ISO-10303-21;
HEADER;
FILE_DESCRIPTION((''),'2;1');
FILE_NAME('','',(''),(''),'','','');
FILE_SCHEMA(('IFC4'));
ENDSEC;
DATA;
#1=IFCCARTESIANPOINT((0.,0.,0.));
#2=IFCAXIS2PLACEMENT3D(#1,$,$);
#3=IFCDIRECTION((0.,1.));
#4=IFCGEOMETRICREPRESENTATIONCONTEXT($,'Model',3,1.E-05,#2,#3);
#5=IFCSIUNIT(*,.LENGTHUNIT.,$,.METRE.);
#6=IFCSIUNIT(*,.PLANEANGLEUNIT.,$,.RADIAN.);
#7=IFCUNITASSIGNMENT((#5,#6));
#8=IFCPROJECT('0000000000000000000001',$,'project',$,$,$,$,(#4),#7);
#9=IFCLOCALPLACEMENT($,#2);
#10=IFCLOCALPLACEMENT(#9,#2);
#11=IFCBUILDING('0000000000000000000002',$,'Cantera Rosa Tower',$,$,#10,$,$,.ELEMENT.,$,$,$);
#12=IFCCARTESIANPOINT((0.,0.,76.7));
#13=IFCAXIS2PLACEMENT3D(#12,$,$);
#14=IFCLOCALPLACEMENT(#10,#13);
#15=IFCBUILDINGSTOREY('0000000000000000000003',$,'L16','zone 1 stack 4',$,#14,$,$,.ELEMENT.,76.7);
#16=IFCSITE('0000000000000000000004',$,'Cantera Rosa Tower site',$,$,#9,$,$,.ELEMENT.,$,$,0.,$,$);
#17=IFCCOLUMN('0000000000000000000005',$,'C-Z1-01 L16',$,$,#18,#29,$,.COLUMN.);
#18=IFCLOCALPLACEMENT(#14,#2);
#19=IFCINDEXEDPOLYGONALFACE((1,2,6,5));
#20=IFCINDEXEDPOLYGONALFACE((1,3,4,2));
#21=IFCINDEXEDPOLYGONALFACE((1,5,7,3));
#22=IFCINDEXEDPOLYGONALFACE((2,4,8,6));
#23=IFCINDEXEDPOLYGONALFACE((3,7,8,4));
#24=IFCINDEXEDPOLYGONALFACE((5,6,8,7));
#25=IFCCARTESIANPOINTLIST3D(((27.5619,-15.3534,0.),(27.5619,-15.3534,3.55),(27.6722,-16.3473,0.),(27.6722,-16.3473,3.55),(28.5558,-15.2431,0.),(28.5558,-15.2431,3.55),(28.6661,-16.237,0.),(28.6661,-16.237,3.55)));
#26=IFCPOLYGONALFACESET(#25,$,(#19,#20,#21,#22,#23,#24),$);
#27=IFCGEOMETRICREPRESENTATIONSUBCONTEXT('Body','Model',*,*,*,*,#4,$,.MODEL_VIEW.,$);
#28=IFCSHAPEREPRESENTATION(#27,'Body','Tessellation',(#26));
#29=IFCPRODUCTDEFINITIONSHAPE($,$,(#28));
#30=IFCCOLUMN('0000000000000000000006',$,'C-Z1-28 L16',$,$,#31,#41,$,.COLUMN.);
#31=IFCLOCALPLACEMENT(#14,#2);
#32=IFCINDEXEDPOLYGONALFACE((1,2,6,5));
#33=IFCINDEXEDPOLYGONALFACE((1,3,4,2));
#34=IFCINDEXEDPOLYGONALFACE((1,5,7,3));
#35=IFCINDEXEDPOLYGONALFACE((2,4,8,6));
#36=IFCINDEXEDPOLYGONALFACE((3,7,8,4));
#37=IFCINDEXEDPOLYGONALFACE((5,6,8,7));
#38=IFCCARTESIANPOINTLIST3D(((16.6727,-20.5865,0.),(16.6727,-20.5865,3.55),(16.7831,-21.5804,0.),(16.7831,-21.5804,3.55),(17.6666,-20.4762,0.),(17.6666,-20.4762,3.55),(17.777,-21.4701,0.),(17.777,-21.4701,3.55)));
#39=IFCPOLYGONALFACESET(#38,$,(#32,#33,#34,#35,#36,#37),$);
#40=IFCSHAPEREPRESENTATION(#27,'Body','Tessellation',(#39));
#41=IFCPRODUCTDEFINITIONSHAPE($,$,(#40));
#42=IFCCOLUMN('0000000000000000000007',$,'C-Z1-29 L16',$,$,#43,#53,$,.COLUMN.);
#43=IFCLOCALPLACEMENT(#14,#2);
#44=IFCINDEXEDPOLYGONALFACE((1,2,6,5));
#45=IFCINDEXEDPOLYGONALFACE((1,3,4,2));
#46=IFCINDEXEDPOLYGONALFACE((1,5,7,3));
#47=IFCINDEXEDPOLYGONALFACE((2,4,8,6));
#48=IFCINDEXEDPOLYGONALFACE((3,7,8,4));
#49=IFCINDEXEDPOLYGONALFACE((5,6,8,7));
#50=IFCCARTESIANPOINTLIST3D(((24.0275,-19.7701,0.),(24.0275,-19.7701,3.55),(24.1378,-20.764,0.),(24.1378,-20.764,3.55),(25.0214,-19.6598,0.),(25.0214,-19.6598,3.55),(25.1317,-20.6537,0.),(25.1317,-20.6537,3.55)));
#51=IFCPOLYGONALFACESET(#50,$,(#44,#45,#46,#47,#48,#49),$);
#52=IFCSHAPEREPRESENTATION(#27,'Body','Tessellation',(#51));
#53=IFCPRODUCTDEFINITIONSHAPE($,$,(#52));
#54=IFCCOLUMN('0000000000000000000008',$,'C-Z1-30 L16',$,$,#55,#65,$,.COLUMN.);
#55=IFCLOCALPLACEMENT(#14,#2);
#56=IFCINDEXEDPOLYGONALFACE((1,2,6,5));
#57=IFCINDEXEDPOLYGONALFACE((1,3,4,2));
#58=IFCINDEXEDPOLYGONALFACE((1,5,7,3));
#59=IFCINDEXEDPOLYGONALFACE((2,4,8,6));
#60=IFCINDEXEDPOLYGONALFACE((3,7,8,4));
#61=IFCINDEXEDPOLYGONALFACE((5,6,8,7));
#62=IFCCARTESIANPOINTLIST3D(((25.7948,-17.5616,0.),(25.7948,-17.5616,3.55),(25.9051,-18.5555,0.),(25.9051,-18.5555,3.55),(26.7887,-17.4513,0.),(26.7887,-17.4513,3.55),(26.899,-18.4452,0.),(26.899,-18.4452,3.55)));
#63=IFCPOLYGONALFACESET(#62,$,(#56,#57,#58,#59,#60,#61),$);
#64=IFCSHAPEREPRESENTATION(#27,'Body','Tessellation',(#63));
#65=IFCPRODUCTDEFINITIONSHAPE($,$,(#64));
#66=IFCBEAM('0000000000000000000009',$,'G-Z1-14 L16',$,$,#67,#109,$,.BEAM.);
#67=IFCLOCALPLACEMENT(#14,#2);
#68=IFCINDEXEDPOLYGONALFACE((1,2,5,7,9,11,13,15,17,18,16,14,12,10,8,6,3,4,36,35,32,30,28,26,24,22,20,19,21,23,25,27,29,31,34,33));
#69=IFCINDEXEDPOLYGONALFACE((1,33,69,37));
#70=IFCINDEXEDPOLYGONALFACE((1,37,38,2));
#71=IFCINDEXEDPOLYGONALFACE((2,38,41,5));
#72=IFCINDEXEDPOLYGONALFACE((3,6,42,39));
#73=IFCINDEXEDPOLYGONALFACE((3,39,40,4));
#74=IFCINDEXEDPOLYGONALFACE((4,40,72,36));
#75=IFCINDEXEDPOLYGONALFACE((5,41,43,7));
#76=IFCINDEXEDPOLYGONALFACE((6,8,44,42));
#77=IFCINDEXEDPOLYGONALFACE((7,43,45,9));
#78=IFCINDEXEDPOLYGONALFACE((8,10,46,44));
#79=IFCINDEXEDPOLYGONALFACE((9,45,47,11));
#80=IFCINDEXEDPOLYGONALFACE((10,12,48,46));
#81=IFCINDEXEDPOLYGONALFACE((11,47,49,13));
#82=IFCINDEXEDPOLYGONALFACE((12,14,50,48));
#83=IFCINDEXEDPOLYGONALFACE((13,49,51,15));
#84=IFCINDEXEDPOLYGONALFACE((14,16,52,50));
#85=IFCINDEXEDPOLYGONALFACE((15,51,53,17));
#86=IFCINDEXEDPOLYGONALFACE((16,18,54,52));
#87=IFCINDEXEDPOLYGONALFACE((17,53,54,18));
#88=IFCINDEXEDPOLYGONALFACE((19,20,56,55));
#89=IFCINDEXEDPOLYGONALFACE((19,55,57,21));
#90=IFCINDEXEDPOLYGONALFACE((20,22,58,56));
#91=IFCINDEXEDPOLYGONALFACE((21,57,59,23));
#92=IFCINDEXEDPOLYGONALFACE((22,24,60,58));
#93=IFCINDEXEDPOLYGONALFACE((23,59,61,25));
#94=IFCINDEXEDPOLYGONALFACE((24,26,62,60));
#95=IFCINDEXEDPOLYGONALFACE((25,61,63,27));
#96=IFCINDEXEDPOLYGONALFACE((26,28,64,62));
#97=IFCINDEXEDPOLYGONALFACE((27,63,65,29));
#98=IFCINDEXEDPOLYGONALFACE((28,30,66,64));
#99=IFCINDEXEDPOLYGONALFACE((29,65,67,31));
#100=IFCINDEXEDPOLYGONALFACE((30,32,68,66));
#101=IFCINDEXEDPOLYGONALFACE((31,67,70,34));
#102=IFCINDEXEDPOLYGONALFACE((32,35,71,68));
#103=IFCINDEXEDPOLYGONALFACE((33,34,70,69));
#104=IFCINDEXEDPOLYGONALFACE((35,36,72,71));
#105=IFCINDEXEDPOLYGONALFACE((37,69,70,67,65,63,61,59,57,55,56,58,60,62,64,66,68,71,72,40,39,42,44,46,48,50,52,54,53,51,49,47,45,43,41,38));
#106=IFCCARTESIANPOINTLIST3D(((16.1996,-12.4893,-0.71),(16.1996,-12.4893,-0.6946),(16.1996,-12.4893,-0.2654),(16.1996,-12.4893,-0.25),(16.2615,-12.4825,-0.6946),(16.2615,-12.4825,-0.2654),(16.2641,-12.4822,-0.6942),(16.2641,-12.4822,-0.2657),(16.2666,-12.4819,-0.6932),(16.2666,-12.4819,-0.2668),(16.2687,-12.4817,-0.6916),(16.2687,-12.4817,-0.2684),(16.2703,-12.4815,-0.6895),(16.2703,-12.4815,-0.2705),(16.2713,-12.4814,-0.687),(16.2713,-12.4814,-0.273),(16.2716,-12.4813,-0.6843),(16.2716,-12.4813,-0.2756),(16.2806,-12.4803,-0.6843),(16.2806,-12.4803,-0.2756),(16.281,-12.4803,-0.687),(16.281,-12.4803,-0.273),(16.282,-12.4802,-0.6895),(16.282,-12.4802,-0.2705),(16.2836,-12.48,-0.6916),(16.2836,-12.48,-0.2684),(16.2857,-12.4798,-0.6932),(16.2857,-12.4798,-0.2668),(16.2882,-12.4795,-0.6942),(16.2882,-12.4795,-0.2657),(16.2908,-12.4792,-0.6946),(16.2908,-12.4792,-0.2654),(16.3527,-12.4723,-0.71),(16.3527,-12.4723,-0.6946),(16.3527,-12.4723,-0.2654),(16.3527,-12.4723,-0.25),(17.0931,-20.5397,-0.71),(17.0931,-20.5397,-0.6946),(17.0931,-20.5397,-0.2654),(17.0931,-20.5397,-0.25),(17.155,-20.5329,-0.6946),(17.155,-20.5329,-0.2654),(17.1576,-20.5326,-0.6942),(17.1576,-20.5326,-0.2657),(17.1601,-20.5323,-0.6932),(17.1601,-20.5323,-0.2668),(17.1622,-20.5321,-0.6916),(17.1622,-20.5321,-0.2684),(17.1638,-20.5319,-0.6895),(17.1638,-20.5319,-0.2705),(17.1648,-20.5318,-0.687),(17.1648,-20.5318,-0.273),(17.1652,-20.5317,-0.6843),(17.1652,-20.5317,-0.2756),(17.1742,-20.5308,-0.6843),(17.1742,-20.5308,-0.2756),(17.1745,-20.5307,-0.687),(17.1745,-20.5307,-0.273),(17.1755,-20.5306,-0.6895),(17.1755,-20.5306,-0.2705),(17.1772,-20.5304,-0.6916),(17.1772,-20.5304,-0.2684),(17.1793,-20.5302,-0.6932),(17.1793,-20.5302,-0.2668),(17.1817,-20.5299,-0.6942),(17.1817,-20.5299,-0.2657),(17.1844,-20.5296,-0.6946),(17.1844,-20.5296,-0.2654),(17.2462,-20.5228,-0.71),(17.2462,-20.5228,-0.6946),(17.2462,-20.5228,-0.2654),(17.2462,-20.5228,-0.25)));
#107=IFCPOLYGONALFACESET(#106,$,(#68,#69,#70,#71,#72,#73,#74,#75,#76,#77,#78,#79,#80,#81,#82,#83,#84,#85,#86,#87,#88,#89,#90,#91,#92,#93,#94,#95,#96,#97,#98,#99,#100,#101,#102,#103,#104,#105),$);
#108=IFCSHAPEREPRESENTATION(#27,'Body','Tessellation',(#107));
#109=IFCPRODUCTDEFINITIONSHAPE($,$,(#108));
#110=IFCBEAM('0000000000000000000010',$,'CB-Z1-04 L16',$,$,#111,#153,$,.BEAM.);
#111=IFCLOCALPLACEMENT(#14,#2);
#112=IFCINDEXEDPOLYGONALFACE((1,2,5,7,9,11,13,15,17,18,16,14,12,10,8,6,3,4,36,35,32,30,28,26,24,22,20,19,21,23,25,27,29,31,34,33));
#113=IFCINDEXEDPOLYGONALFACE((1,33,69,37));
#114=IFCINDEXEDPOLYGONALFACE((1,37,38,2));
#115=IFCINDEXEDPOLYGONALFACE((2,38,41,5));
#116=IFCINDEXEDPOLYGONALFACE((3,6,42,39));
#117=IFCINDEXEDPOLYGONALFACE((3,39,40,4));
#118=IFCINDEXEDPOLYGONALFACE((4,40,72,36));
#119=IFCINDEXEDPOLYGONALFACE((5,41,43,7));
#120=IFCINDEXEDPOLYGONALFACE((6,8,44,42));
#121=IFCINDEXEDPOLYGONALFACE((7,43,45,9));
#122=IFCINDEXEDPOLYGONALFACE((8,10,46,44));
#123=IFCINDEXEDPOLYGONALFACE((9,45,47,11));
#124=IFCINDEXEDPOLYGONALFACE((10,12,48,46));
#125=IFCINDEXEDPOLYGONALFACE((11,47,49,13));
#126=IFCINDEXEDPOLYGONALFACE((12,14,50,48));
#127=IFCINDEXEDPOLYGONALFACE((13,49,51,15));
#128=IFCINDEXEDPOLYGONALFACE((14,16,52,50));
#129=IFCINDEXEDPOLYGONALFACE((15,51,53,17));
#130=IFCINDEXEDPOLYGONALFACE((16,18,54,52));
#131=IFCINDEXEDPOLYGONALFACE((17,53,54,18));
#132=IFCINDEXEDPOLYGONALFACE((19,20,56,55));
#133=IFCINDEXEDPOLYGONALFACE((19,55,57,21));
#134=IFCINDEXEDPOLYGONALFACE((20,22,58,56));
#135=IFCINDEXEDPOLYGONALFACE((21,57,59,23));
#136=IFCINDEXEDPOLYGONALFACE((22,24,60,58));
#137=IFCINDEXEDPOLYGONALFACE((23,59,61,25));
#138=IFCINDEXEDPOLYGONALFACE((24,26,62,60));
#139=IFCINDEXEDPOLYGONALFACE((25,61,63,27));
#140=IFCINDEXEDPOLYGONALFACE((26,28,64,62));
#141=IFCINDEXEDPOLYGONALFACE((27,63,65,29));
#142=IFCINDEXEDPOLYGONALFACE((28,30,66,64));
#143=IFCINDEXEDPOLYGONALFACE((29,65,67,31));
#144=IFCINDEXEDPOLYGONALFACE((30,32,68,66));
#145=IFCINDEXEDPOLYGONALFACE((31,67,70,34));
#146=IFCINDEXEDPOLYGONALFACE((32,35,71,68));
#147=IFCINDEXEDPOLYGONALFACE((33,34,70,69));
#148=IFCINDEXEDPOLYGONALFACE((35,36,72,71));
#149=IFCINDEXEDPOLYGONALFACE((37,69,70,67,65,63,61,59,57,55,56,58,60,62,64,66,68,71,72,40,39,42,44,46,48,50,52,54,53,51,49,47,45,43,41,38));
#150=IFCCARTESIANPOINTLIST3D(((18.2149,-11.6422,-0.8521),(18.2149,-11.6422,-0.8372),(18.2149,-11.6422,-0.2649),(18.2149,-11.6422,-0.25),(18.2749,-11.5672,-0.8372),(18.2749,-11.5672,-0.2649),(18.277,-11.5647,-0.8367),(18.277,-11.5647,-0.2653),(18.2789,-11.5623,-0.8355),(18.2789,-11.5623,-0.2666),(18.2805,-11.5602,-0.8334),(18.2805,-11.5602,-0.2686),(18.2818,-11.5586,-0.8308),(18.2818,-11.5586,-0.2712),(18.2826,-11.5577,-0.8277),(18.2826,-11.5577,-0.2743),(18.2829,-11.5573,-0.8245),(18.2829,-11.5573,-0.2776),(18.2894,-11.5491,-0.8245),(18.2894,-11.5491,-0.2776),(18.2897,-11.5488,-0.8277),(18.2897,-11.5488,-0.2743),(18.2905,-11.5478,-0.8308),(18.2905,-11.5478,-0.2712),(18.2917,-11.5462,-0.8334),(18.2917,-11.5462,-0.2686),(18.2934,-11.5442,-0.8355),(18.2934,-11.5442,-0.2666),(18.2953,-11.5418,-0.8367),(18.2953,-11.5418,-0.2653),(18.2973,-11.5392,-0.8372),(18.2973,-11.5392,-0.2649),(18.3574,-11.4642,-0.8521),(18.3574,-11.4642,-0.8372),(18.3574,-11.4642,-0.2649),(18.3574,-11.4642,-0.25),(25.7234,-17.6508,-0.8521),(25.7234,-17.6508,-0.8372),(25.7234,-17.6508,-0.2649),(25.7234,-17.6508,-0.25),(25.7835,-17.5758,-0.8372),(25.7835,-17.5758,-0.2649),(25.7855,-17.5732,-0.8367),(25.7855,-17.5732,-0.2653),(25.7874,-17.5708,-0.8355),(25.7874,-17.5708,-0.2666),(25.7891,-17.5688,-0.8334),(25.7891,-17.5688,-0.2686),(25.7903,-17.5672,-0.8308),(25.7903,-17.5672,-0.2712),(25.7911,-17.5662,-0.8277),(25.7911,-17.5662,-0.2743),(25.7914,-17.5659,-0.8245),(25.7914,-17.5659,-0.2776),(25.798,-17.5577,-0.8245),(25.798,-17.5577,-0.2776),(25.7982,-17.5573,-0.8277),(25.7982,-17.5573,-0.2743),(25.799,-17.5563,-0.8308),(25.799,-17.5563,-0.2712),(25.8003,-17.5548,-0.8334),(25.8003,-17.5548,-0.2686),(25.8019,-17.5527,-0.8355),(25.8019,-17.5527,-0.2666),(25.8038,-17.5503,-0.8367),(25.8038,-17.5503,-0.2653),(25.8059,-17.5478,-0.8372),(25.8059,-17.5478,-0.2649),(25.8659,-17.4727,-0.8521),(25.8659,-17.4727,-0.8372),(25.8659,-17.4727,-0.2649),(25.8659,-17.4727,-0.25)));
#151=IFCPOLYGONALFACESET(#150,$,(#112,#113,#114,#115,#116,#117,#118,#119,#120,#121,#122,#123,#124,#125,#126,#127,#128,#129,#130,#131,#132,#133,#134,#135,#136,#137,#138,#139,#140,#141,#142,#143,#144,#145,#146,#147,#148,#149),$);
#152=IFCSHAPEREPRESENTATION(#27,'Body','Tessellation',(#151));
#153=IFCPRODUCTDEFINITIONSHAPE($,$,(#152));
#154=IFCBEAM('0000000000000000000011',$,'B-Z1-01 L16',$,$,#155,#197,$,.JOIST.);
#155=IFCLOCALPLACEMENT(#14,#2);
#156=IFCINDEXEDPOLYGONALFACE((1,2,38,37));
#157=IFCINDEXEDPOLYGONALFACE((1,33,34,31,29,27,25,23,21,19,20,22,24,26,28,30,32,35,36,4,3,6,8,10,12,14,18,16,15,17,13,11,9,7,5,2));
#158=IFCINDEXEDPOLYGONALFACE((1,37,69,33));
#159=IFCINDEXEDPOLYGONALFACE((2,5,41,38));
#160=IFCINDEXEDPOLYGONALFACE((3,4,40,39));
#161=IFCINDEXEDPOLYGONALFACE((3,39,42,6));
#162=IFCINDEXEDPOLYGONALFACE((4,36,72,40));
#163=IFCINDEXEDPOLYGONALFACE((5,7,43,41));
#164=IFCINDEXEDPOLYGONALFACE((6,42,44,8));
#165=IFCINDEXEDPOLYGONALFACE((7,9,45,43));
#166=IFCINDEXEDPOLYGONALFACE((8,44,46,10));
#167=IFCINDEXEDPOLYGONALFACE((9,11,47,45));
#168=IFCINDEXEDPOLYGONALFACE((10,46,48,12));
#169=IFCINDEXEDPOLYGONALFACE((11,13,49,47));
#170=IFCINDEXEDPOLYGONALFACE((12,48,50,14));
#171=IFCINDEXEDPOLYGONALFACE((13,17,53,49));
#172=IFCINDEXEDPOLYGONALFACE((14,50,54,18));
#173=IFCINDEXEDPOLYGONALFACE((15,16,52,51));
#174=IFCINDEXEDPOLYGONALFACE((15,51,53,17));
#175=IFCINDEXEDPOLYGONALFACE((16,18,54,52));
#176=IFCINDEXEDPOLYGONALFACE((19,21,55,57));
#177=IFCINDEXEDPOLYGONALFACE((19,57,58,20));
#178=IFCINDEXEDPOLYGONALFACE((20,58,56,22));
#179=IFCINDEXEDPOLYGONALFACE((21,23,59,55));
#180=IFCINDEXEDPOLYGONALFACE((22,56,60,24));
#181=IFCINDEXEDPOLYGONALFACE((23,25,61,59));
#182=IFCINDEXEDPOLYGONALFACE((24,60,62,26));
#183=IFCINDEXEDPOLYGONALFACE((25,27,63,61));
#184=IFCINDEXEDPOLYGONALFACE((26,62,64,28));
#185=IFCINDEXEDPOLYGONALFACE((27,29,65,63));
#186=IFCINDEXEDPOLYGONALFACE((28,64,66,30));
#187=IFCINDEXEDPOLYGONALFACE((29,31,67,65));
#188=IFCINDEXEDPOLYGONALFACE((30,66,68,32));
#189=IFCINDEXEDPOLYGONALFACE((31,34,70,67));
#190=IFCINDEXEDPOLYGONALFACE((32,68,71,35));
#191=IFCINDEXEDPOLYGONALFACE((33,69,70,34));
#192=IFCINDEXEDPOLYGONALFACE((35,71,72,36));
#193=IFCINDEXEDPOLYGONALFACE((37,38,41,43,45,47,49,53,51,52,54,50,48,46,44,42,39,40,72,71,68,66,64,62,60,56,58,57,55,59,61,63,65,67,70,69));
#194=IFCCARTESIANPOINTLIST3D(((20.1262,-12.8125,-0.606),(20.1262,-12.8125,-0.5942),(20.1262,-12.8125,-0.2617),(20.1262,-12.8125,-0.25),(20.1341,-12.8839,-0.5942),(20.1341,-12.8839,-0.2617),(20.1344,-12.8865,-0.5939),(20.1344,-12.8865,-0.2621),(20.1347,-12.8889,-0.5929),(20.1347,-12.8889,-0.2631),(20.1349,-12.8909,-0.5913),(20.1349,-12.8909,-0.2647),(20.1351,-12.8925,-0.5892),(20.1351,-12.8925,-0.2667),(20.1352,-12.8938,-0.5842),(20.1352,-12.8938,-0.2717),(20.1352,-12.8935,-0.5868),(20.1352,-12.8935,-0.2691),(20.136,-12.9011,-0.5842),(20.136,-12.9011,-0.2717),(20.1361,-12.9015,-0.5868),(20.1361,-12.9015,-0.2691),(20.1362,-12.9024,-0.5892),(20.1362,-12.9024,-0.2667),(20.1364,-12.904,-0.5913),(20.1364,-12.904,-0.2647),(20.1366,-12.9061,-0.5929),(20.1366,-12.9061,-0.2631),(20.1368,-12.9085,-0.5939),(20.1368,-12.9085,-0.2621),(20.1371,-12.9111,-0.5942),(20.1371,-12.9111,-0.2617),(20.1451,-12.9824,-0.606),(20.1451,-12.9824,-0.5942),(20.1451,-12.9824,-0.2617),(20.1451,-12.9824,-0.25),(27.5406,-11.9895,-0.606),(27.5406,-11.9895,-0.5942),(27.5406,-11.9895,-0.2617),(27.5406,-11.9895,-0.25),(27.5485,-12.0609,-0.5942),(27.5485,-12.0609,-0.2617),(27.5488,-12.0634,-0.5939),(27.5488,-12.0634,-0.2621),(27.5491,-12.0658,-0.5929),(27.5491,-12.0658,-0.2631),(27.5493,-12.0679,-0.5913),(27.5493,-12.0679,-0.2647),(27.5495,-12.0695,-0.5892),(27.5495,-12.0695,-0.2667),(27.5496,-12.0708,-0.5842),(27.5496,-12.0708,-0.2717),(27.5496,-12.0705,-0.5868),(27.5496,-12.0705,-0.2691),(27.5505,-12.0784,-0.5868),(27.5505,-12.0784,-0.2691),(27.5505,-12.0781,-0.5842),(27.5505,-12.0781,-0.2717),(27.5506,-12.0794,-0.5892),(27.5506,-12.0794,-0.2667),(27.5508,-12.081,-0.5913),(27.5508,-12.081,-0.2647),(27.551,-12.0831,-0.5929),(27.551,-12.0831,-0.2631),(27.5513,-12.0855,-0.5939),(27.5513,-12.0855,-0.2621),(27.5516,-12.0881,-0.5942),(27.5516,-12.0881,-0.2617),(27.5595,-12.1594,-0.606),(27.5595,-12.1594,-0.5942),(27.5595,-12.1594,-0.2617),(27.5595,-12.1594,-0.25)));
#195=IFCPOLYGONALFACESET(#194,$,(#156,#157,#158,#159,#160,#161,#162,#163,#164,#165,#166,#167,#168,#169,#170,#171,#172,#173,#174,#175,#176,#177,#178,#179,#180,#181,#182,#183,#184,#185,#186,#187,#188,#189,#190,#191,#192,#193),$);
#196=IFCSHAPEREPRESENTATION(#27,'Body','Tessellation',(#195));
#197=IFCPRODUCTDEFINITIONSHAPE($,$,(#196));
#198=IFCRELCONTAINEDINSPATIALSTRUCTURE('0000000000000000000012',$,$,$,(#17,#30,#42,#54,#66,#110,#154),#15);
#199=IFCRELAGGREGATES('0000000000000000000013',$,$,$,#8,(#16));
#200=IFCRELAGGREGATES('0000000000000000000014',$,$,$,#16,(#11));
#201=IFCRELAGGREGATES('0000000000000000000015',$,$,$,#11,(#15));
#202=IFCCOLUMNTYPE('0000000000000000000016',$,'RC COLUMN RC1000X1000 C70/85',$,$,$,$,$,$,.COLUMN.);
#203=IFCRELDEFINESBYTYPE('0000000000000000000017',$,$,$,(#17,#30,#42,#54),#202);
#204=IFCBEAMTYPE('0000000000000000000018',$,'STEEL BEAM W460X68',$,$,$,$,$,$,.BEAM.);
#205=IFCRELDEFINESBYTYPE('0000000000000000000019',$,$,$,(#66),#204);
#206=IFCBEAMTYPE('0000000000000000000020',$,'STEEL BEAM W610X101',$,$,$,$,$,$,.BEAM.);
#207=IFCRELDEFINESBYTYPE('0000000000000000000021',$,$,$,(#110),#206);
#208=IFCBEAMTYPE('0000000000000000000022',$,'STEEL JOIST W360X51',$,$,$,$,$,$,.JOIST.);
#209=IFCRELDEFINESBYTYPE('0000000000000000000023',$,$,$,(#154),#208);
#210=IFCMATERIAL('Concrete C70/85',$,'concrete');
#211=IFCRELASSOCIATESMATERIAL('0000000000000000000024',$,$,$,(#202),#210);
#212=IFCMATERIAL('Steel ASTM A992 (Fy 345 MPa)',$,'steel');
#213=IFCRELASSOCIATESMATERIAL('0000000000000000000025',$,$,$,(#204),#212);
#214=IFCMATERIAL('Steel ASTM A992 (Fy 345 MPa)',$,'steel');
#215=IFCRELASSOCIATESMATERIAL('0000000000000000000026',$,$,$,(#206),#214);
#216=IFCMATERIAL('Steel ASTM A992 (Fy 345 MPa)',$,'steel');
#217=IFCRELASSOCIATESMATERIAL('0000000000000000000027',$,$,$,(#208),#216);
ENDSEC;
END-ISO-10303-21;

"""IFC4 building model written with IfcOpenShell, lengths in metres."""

from ifc_helpers import new_model, si_unit, direction, frame, origin, origin_2d, place, context, subcontext, project, spatial, rectangle, i_section, extrude, material, material_profile, profile_set, type_object, element, save


model = new_model("IFC4")

# Units and contexts
model_context = context("Model", 3, precision=1e-05, world=origin(), true_north=direction((0.0, 1.0)))
body_context = subcontext(model_context, "Body", "Model", "MODEL_VIEW")
ifc_project = project(units=[si_unit("LENGTHUNIT", "METRE"), si_unit("PLANEANGLEUNIT", "RADIAN")], contexts=[model_context])

# Site, building, storey
site_placement = place(None, origin())
site = spatial("IfcSite", under=ifc_project, at=site_placement, Name="Cantera Rosa Tower site", CompositionType="ELEMENT", RefElevation=0.0)
building_placement = place(site_placement, origin())
building = spatial("IfcBuilding", under=site, at=building_placement, Name="Cantera Rosa Tower", CompositionType="ELEMENT")
storey_placement = place(building_placement, frame((0.0, 0.0, 76.7)))
storey = spatial("IfcBuildingStorey", under=building, at=storey_placement, Name="L16", Description="zone 1 stack 4", CompositionType="ELEMENT", Elevation=76.7)

# Columns
ifc_material_1 = material(Name="Concrete C70/85", Category="concrete")
ifc_material_profile_1 = material_profile(ifc_material_1, rectangle(XDim=1.0, YDim=1.0, at=origin_2d()), Name="RC COLUMN RC1000X1000 C70/85")
ifc_profile_set_1 = profile_set([ifc_material_profile_1], Name="Concrete C70/85")
column_type = type_object("IfcColumnType", Name="RC COLUMN RC1000X1000 C70/85", PredefinedType="COLUMN", material=ifc_profile_set_1)
for number, where, z_axis, x_axis, name in (
    (1, (28.114, -15.7952, 0.0), (0.0, 0.0, 1.0), (0.993897, 0.110313, 0.0), "C-Z1-01 L16"),
    (2, (17.2249, -21.0283, 0.0), (0.0, 0.0, 1.0), (0.993897, 0.110313, 0.0), "C-Z1-28 L16"),
    (3, (24.5796, -20.2119, 0.0), (0.0, 0.0, 1.0), (0.993897, 0.110313, 0.0), "C-Z1-29 L16"),
    (4, (26.3469, -18.0034, 0.0), (0.0, 0.0, 1.0), (0.993897, 0.110313, 0.0), "C-Z1-30 L16"),
):
    element("IfcColumn", number, at=place(storey_placement, frame(where, z_axis=z_axis, x_axis=x_axis)), inside=storey, type_object=column_type, Name=name, PredefinedType="COLUMN", context=body_context, shape_type="SweptSolid", body=[
        extrude(rectangle(XDim=1.0, YDim=1.0, at=origin_2d()), origin(), (0.0, 0.0, 1.0), 3.55),
    ])

# Beams
ifc_material_2 = material(Name="Steel ASTM A992 (Fy 345 MPa)", Category="steel")
ifc_material_profile_2 = material_profile(ifc_material_2, i_section(OverallWidth=0.1541, OverallDepth=0.46, WebThickness=0.009, FlangeThickness=0.0154, FilletRadius=0.0103, at=origin_2d()), Name="W460X68")
ifc_profile_set_2 = profile_set([ifc_material_profile_2], Name="Steel ASTM A992 (Fy 345 MPa)")
beam_type_1 = type_object("IfcBeamType", Name="STEEL BEAM W460X68", PredefinedType="BEAM", material=ifc_profile_set_2)
beam_1_placement = place(storey_placement, frame((17.1697, -20.5312, -0.48), z_axis=(-0.110316, 0.993897, 0.0), x_axis=(-0.993897, -0.110316, 0.0)))
element("IfcBeam", 5, at=beam_1_placement, inside=storey, type_object=beam_type_1, Name="G-Z1-14 L16", PredefinedType="BEAM", context=body_context, shape_type="SweptSolid", body=[
    extrude(i_section(OverallWidth=0.1541, OverallDepth=0.46, WebThickness=0.009, FlangeThickness=0.0154, FilletRadius=0.0103, at=origin_2d()), origin(), (0.0, 0.0, 1.0), 8.0999),
])
ifc_material_3 = material(Name="Steel ASTM A992 (Fy 345 MPa)", Category="steel")
ifc_material_profile_3 = material_profile(ifc_material_3, i_section(OverallWidth=0.228, OverallDepth=0.6021, WebThickness=0.0105, FlangeThickness=0.0149, FilletRadius=0.0127, at=origin_2d()), Name="W610X101")
ifc_profile_set_3 = profile_set([ifc_material_profile_3], Name="Steel ASTM A992 (Fy 345 MPa)")
beam_type_2 = type_object("IfcBeamType", Name="STEEL BEAM W610X101", PredefinedType="BEAM", material=ifc_profile_set_3)
beam_2_placement = place(storey_placement, frame((25.7947, -17.5618, -0.551), z_axis=(-0.780782, 0.624803, 0.0), x_axis=(-0.624803, -0.780782, 0.0)))
element("IfcBeam", 6, at=beam_2_placement, inside=storey, type_object=beam_type_2, Name="CB-Z1-04 L16", PredefinedType="BEAM", context=body_context, shape_type="SweptSolid", body=[
    extrude(i_section(OverallWidth=0.228, OverallDepth=0.6021, WebThickness=0.0105, FlangeThickness=0.0149, FilletRadius=0.0127, at=origin_2d()), origin(), (0.0, 0.0, 1.0), 9.6167),
])
ifc_material_4 = material(Name="Steel ASTM A992 (Fy 345 MPa)", Category="steel")
ifc_material_profile_4 = material_profile(ifc_material_4, i_section(OverallWidth=0.1709, OverallDepth=0.356, WebThickness=0.0073, FlangeThickness=0.0117, FilletRadius=0.01, at=origin_2d()), Name="W360X51")
ifc_profile_set_4 = profile_set([ifc_material_profile_4], Name="Steel ASTM A992 (Fy 345 MPa)")
beam_type_3 = type_object("IfcBeamType", Name="STEEL JOIST W360X51", PredefinedType="JOIST", material=ifc_profile_set_4)
beam_3_placement = place(storey_placement, frame((27.55, -12.0745, -0.428), z_axis=(-0.993896, -0.110324, 0.0), x_axis=(0.110324, -0.993896, 0.0)))
element("IfcBeam", 7, at=beam_3_placement, inside=storey, type_object=beam_type_3, Name="B-Z1-01 L16", PredefinedType="JOIST", context=body_context, shape_type="SweptSolid", body=[
    extrude(i_section(OverallWidth=0.1709, OverallDepth=0.356, WebThickness=0.0073, FlangeThickness=0.0117, FilletRadius=0.01, at=origin_2d()), origin(), (0.0, 0.0, 1.0), 7.46),
])

save(model, "model.ifc")
